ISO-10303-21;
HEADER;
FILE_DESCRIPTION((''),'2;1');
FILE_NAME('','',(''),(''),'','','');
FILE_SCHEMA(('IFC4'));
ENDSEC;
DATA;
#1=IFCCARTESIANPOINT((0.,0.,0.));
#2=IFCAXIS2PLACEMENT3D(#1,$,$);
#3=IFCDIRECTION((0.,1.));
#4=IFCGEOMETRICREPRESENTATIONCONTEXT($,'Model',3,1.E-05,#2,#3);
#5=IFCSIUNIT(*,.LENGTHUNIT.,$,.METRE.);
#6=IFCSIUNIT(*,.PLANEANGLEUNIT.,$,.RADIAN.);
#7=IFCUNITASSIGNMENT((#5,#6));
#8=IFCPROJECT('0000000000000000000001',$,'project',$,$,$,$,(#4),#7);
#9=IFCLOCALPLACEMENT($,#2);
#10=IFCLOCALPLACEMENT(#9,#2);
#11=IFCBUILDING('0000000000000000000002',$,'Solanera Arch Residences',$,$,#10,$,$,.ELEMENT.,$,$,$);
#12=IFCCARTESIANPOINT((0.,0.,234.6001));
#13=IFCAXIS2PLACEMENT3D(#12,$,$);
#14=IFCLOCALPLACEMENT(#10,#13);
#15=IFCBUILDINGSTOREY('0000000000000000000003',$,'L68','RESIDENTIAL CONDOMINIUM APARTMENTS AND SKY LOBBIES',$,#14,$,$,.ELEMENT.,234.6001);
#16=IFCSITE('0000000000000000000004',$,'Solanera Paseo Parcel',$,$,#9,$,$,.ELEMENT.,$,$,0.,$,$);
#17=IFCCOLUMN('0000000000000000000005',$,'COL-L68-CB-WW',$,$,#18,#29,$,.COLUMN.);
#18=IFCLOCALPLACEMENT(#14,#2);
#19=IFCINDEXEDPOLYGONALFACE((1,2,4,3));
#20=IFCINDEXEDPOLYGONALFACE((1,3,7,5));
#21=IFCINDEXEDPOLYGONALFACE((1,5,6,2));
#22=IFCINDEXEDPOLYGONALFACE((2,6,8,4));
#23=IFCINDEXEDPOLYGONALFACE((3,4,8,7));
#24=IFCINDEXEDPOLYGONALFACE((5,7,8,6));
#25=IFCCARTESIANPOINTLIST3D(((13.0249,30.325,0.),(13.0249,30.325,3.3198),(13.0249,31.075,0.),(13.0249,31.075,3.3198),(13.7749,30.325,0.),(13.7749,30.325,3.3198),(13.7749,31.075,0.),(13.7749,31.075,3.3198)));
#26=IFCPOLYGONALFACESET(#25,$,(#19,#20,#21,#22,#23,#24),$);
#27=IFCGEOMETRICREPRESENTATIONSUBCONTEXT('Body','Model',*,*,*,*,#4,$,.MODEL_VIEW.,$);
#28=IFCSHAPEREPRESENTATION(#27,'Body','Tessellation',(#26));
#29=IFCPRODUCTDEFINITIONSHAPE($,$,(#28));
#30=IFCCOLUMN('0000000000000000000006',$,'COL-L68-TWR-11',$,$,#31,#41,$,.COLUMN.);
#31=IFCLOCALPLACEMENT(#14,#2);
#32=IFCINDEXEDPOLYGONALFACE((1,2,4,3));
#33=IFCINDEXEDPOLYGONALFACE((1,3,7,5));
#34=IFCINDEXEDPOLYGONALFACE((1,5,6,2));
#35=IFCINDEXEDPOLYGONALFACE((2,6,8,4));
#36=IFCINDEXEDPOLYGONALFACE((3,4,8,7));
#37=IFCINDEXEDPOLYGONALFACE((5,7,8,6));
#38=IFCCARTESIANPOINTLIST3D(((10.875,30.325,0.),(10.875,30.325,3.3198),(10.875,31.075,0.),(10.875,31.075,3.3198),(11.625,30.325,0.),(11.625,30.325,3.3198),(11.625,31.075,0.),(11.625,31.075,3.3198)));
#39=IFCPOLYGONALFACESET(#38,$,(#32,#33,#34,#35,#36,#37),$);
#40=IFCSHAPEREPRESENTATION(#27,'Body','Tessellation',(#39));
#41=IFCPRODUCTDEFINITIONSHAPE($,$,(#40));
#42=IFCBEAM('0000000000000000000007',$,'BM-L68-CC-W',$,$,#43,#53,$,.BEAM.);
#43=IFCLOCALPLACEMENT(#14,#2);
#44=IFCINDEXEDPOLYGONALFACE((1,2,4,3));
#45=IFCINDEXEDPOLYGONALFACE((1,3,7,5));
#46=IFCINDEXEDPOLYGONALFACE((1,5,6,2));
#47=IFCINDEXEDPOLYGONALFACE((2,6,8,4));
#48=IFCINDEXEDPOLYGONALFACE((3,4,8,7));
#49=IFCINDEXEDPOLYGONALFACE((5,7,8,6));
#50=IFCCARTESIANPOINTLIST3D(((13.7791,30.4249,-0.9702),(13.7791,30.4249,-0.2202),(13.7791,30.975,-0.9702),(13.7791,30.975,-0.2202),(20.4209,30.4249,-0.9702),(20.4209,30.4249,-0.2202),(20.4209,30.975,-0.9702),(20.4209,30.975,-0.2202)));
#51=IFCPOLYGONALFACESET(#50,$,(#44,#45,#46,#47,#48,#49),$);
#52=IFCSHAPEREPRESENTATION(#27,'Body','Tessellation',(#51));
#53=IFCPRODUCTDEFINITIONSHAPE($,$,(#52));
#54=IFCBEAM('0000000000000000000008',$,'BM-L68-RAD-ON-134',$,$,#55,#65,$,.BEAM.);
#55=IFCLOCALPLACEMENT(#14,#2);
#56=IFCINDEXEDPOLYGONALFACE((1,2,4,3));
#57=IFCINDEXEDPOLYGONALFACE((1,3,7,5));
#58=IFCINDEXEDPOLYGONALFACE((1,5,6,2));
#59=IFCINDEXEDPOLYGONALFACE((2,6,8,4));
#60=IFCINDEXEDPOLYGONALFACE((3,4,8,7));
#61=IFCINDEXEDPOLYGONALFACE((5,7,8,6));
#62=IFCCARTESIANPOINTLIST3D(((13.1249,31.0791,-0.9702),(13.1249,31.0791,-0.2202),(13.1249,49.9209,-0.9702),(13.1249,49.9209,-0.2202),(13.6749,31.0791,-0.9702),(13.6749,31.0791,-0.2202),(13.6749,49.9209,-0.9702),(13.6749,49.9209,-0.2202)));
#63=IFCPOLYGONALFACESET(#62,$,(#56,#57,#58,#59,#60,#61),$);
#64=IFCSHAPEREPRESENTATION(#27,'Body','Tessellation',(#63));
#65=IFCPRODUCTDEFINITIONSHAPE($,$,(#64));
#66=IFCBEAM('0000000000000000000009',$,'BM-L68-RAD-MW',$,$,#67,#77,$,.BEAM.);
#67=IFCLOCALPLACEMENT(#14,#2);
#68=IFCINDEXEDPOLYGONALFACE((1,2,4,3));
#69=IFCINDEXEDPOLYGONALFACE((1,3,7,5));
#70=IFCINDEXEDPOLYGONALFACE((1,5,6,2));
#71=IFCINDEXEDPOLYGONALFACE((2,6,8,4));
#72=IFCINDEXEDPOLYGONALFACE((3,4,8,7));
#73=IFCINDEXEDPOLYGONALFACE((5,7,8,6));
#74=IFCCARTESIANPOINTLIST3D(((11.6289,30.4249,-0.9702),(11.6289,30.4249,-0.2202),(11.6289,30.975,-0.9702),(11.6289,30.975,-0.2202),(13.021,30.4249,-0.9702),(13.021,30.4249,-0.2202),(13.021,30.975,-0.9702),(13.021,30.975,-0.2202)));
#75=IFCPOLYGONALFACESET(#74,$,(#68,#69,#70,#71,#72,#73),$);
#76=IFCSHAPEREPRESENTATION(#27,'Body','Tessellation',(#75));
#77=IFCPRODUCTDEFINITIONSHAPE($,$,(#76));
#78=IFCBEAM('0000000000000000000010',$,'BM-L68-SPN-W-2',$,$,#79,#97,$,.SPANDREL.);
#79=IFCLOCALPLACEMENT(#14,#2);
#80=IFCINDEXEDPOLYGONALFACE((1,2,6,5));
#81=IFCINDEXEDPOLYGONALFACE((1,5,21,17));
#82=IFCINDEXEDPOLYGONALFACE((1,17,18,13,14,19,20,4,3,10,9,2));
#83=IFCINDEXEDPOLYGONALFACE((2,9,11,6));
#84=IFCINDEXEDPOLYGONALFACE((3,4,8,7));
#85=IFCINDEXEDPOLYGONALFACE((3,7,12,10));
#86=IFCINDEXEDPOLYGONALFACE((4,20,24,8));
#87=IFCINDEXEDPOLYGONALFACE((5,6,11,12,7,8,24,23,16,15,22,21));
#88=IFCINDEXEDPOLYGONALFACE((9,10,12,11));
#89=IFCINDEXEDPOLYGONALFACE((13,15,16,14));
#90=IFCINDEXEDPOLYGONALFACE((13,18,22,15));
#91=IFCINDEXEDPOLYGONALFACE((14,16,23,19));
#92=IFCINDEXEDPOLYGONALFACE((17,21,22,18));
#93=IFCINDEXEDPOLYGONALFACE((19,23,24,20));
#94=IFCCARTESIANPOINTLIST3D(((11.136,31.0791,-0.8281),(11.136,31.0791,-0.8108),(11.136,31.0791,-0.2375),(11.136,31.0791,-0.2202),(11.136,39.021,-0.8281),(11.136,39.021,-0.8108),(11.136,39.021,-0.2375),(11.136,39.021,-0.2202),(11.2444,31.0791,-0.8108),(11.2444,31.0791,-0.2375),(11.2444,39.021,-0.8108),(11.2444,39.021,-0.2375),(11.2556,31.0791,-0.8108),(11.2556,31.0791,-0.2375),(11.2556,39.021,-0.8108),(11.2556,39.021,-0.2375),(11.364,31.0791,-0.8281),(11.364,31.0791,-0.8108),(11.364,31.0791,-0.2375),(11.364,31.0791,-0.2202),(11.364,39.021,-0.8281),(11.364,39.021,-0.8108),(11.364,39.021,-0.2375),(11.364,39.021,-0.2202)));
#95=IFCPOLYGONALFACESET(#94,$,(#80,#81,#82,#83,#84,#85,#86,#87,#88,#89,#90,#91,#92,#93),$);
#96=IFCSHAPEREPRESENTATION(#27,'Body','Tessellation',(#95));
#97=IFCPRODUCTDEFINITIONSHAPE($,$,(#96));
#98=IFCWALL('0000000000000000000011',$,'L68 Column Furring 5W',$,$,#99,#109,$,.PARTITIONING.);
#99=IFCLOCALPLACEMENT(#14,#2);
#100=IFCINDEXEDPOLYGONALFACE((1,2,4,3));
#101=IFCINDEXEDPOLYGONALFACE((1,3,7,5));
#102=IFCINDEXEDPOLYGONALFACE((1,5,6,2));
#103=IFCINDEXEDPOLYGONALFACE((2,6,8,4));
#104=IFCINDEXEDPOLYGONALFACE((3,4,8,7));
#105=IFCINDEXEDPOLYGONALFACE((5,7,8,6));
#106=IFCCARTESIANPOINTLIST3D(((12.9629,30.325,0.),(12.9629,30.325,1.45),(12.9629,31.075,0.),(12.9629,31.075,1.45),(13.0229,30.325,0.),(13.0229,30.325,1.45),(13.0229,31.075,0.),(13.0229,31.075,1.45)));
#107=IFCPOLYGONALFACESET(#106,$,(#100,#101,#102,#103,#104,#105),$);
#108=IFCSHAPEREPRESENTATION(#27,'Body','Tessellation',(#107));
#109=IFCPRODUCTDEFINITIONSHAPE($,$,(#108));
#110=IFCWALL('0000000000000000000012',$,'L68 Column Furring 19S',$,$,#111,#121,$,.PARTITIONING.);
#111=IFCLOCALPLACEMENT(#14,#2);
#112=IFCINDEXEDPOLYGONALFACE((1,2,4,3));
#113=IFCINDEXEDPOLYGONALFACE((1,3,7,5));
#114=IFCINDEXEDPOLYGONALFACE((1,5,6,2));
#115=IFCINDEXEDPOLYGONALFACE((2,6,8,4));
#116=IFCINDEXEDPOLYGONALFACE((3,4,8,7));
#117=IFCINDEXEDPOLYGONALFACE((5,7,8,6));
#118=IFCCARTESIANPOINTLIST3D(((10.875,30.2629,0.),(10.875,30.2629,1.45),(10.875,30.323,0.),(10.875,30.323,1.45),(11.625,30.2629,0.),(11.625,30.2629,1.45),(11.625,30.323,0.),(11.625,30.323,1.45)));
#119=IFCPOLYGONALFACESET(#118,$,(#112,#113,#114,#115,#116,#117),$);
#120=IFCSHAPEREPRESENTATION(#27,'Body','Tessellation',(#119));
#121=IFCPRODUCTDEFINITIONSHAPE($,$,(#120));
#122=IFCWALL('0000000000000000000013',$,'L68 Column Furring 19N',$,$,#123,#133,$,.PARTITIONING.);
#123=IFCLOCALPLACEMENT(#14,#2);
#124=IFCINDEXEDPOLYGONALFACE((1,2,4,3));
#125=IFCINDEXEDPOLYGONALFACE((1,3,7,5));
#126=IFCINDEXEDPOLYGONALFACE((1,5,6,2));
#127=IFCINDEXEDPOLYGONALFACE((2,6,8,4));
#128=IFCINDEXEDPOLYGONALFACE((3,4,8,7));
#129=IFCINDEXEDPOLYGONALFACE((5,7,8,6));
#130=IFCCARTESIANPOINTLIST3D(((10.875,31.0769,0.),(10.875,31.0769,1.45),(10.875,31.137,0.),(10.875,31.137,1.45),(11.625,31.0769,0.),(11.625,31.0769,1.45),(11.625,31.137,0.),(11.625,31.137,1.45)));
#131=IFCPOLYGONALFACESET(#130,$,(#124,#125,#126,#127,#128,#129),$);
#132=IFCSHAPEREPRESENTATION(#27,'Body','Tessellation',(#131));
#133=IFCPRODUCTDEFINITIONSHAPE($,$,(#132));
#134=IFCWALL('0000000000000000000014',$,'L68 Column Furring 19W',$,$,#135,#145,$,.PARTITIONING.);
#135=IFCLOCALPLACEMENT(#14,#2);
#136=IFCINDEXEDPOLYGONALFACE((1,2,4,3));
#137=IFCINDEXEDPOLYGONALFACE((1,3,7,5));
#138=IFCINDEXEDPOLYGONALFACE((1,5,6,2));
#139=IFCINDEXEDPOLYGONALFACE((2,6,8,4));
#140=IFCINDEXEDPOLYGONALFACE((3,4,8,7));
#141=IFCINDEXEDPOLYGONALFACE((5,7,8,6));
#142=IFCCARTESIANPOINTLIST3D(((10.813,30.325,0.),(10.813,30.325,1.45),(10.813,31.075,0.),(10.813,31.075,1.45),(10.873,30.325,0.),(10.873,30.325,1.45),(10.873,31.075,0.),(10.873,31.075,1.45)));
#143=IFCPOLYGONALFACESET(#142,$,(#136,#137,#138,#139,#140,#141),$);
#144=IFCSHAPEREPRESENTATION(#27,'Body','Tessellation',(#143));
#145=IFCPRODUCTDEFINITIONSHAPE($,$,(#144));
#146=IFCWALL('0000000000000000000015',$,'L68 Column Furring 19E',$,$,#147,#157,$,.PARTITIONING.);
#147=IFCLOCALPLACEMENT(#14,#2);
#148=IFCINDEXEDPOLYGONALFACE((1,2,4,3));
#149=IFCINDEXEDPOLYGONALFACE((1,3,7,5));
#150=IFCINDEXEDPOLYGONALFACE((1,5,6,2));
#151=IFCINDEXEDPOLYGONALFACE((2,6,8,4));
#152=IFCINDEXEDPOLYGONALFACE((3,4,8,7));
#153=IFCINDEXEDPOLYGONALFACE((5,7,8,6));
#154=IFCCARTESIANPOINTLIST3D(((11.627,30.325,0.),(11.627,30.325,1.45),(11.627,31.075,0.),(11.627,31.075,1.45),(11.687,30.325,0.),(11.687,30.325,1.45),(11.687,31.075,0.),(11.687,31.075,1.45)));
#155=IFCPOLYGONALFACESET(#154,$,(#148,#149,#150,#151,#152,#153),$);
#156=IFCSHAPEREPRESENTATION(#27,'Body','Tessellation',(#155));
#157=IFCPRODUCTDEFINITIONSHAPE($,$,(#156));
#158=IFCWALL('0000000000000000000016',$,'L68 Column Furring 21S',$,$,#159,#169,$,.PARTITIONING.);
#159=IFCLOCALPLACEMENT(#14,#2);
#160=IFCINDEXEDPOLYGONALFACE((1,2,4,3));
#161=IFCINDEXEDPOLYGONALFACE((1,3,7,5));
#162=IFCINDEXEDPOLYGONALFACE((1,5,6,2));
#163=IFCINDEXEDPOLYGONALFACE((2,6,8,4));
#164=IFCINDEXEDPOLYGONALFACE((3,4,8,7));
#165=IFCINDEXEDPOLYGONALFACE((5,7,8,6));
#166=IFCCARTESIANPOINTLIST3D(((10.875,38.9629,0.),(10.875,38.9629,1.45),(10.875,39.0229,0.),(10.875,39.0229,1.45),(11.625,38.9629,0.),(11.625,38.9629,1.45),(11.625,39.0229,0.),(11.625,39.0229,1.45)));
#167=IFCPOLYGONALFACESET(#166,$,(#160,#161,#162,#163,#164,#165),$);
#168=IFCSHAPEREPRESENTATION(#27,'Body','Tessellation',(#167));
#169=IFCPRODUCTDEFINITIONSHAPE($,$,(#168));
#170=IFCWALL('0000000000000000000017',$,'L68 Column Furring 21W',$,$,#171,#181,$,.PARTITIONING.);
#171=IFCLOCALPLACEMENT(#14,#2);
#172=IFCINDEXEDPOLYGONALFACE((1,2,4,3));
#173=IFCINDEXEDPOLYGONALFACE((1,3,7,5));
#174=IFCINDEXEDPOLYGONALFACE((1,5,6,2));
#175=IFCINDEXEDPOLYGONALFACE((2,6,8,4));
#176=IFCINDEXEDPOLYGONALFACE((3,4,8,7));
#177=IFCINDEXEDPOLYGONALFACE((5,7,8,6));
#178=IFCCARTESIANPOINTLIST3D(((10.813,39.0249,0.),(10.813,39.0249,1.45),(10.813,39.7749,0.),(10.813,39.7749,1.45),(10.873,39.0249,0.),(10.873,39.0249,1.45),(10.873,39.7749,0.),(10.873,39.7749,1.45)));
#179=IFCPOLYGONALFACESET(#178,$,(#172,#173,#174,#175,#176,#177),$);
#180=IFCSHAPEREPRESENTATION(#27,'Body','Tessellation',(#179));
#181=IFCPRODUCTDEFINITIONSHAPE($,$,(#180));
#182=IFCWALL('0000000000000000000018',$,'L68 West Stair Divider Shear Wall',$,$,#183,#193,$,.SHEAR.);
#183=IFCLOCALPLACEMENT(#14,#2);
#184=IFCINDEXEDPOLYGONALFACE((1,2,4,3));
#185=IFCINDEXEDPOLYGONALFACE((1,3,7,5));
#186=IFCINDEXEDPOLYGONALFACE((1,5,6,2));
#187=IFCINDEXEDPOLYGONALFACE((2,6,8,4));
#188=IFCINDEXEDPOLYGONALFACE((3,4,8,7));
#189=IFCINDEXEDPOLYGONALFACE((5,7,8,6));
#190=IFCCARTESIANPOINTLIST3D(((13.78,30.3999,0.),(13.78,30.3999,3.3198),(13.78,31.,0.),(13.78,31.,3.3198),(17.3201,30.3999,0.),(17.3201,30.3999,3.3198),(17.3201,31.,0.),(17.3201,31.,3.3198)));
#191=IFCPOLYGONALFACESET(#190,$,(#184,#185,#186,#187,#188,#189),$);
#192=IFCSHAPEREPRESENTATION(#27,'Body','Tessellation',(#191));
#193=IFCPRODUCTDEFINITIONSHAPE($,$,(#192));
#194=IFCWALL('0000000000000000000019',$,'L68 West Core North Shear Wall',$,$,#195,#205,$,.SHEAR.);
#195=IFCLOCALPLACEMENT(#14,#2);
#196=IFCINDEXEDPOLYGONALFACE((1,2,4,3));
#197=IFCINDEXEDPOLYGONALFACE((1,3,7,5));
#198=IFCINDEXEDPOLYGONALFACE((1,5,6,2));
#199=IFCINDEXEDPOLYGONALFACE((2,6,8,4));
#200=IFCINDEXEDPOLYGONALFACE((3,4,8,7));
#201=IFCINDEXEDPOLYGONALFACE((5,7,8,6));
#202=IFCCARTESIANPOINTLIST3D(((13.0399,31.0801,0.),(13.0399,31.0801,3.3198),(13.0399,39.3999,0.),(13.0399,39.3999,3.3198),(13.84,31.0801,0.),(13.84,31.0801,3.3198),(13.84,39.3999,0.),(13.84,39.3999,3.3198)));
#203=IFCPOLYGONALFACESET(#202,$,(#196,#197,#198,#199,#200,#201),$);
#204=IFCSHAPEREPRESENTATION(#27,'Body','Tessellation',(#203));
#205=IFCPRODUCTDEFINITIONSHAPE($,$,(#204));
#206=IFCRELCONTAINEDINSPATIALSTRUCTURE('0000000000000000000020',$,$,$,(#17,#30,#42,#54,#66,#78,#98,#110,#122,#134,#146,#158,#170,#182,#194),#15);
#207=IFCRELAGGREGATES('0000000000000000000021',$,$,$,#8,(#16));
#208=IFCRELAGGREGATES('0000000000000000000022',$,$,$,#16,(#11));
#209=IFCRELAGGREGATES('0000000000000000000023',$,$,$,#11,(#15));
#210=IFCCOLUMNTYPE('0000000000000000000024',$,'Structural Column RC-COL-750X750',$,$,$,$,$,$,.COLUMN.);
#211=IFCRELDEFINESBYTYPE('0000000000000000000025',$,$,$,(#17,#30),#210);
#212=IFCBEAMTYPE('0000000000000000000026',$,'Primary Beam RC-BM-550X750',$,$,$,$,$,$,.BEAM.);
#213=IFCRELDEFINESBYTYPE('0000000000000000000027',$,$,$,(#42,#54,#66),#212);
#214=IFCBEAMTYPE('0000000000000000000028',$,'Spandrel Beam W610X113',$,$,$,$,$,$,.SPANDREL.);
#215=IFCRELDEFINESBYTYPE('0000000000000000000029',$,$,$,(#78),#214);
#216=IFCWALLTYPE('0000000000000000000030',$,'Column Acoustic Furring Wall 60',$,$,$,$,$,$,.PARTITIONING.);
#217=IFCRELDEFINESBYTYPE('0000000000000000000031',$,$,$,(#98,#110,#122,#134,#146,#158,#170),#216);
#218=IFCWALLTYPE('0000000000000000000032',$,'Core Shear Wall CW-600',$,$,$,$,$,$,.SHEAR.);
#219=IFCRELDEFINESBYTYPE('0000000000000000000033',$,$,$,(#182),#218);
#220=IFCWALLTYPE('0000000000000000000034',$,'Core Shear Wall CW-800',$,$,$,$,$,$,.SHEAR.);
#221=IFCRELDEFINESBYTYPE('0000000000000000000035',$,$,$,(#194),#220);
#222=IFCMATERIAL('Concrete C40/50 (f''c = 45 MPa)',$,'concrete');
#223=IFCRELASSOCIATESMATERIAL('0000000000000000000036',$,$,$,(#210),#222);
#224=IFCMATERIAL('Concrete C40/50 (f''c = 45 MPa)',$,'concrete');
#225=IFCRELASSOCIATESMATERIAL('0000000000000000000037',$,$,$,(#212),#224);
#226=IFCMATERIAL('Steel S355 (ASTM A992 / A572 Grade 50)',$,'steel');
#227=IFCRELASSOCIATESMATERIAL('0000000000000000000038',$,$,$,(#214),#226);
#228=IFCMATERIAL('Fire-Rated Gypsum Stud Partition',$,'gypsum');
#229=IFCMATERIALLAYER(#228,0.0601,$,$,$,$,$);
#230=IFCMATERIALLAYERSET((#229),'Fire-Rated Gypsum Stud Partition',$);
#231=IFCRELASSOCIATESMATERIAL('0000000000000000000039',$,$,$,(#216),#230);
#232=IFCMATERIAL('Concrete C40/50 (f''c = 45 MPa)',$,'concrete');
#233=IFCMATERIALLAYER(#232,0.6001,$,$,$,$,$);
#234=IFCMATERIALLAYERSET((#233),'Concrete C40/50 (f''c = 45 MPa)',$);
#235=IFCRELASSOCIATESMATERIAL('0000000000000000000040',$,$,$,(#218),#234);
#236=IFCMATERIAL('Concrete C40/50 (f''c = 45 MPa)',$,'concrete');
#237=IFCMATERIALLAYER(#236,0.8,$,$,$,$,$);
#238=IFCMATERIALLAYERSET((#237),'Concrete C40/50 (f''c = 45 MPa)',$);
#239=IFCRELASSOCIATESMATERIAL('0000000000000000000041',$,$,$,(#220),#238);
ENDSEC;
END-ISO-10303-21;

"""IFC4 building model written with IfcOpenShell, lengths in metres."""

from ifc_helpers import new_model, si_unit, direction, frame, frame_2d, origin, origin_2d, place, context, subcontext, project, spatial, rectangle, i_section, extrude, material, layer, layer_set, material_profile, profile_set, type_object, element, save


model = new_model("IFC4")

# Units and contexts
model_context = context("Model", 3, precision=1e-05, world=origin(), true_north=direction((0.0, 1.0)))
body_context = subcontext(model_context, "Body", "Model", "MODEL_VIEW")
ifc_project = project(units=[si_unit("LENGTHUNIT", "METRE"), si_unit("PLANEANGLEUNIT", "RADIAN")], contexts=[model_context])

# Site, building, storey
site_placement = place(None, origin())
site = spatial("IfcSite", under=ifc_project, at=site_placement, Name="Solanera Paseo Parcel", CompositionType="ELEMENT", RefElevation=0.0)
building_placement = place(site_placement, origin())
building = spatial("IfcBuilding", under=site, at=building_placement, Name="Solanera Arch Residences", CompositionType="ELEMENT")
storey_placement = place(building_placement, frame((0.0, 0.0, 234.6001)))
storey = spatial("IfcBuildingStorey", under=building, at=storey_placement, Name="L68", Description="RESIDENTIAL CONDOMINIUM APARTMENTS AND SKY LOBBIES", CompositionType="ELEMENT", Elevation=234.6001)

# Columns
ifc_material_1 = material(Name="Concrete C40/50 (f'c = 45 MPa)", Category="concrete")
ifc_material_profile_1 = material_profile(ifc_material_1, rectangle(XDim=0.75, YDim=0.75, at=origin_2d()))
ifc_profile_set_1 = profile_set([ifc_material_profile_1], Name="Concrete C40/50 (f'c = 45 MPa)")
column_type = type_object("IfcColumnType", Name="Structural Column RC-COL-750X750", PredefinedType="COLUMN", material=ifc_profile_set_1)
for number, where, z_axis, x_axis, name in (
    (1, (13.3999, 30.7, 0.0), (0.0, 0.0, 1.0), (1.0, 0.0, 0.0), "COL-L68-CB-WW"),
    (2, (11.25, 30.7, 0.0), (0.0, 0.0, 1.0), (1.0, 0.0, 0.0), "COL-L68-TWR-11"),
):
    element("IfcColumn", number, at=place(storey_placement, frame(where, z_axis=z_axis, x_axis=x_axis)), inside=storey, type_object=column_type, Name=name, PredefinedType="COLUMN", context=body_context, shape_type="SweptSolid", body=[
        extrude(rectangle(XDim=0.75, YDim=0.75, at=origin_2d()), origin(), (0.0, 0.0, 1.0), 3.3198),
    ])

# Beams
ifc_material_2 = material(Name="Concrete C40/50 (f'c = 45 MPa)", Category="concrete")
ifc_material_profile_2 = material_profile(ifc_material_2, rectangle(XDim=0.55, YDim=0.75, at=origin_2d()))
ifc_profile_set_2 = profile_set([ifc_material_profile_2], Name="Concrete C40/50 (f'c = 45 MPa)")
beam_type_1 = type_object("IfcBeamType", Name="Primary Beam RC-BM-550X750", PredefinedType="BEAM", material=ifc_profile_set_2)
beam_1_placement = place(storey_placement, frame((13.7791, 30.7, -0.5952), z_axis=(1.0, 0.0, 0.0), x_axis=(0.0, 1.0, 0.0)))
element("IfcBeam", 3, at=beam_1_placement, inside=storey, type_object=beam_type_1, Name="BM-L68-CC-W", PredefinedType="BEAM", context=body_context, shape_type="SweptSolid", body=[
    extrude(rectangle(XDim=0.55, YDim=0.75, at=origin_2d()), origin(), (0.0, 0.0, 1.0), 6.6418),
])
beam_2_placement = place(storey_placement, frame((13.3999, 31.0791, -0.5952), z_axis=(0.0, 1.0, 0.0), x_axis=(-1.0, 0.0, 0.0)))
element("IfcBeam", 4, at=beam_2_placement, inside=storey, type_object=beam_type_1, Name="BM-L68-RAD-ON-134", PredefinedType="BEAM", context=body_context, shape_type="SweptSolid", body=[
    extrude(rectangle(XDim=0.55, YDim=0.75, at=origin_2d()), origin(), (0.0, 0.0, 1.0), 18.8418),
])
beam_3_placement = place(storey_placement, frame((11.6289, 30.7, -0.5952), z_axis=(1.0, 0.0, 0.0), x_axis=(0.0, 1.0, 0.0)))
element("IfcBeam", 5, at=beam_3_placement, inside=storey, type_object=beam_type_1, Name="BM-L68-RAD-MW", PredefinedType="BEAM", context=body_context, shape_type="SweptSolid", body=[
    extrude(rectangle(XDim=0.55, YDim=0.75, at=origin_2d()), origin(), (0.0, 0.0, 1.0), 1.3921),
])
ifc_material_3 = material(Name="Steel S355 (ASTM A992 / A572 Grade 50)", Category="steel")
ifc_material_profile_3 = material_profile(ifc_material_3, i_section(OverallWidth=0.228, OverallDepth=0.6079, WebThickness=0.0112, FlangeThickness=0.0173, at=origin_2d()))
ifc_profile_set_3 = profile_set([ifc_material_profile_3], Name="Steel S355 (ASTM A992 / A572 Grade 50)")
beam_type_2 = type_object("IfcBeamType", Name="Spandrel Beam W610X113", PredefinedType="SPANDREL", material=ifc_profile_set_3)
beam_4_placement = place(storey_placement, frame((11.25, 31.0791, -0.5242), z_axis=(0.0, 1.0, 0.0), x_axis=(-1.0, 0.0, 0.0)))
element("IfcBeam", 6, at=beam_4_placement, inside=storey, type_object=beam_type_2, Name="BM-L68-SPN-W-2", PredefinedType="SPANDREL", context=body_context, shape_type="SweptSolid", body=[
    extrude(i_section(OverallWidth=0.228, OverallDepth=0.6079, WebThickness=0.0112, FlangeThickness=0.0173, at=origin_2d()), origin(), (0.0, 0.0, 1.0), 7.9419),
])

# Walls
ifc_material_4 = material(Name="Fire-Rated Gypsum Stud Partition", Category="gypsum")
ifc_layer_1 = layer(ifc_material_4, 0.0601)
ifc_layer_set_1 = layer_set([ifc_layer_1], Name="Fire-Rated Gypsum Stud Partition")
wall_type_1 = type_object("IfcWallType", Name="Column Acoustic Furring Wall 60", PredefinedType="PARTITIONING", material=ifc_layer_set_1)
for number, where, z_axis, x_axis, name in (
    (7, (12.9929, 30.325, 0.0), (0.0, 0.0, 1.0), (0.0, 1.0, 0.0), "L68 Column Furring 5W"),
    (8, (10.875, 30.293, 0.0), (0.0, 0.0, 1.0), (1.0, 0.0, 0.0), "L68 Column Furring 19S"),
    (9, (10.875, 31.1069, 0.0), (0.0, 0.0, 1.0), (1.0, 0.0, 0.0), "L68 Column Furring 19N"),
    (10, (10.843, 30.325, 0.0), (0.0, 0.0, 1.0), (0.0, 1.0, 0.0), "L68 Column Furring 19W"),
    (11, (11.657, 30.325, 0.0), (0.0, 0.0, 1.0), (0.0, 1.0, 0.0), "L68 Column Furring 19E"),
    (12, (10.875, 38.9929, 0.0), (0.0, 0.0, 1.0), (1.0, 0.0, 0.0), "L68 Column Furring 21S"),
    (13, (10.843, 39.0249, 0.0), (0.0, 0.0, 1.0), (0.0, 1.0, 0.0), "L68 Column Furring 21W"),
):
    element("IfcWall", number, at=place(storey_placement, frame(where, z_axis=z_axis, x_axis=x_axis)), inside=storey, type_object=wall_type_1, Name=name, PredefinedType="PARTITIONING", context=body_context, shape_type="SweptSolid", body=[
        extrude(rectangle(XDim=0.75, YDim=0.0601, at=frame_2d((0.375, 0.0))), origin(), (0.0, 0.0, 1.0), 1.45),
    ])
ifc_material_5 = material(Name="Concrete C40/50 (f'c = 45 MPa)", Category="concrete")
ifc_layer_2 = layer(ifc_material_5, 0.6001)
ifc_layer_set_2 = layer_set([ifc_layer_2], Name="Concrete C40/50 (f'c = 45 MPa)")
wall_type_2 = type_object("IfcWallType", Name="Core Shear Wall CW-600", PredefinedType="SHEAR", material=ifc_layer_set_2)
wall_1_placement = place(storey_placement, frame((13.78, 30.7, 0.0), z_axis=(0.0, 0.0, 1.0), x_axis=(1.0, 0.0, 0.0)))
element("IfcWall", 14, at=wall_1_placement, inside=storey, type_object=wall_type_2, Name="L68 West Stair Divider Shear Wall", PredefinedType="SHEAR", context=body_context, shape_type="SweptSolid", body=[
    extrude(rectangle(XDim=3.54, YDim=0.6001, at=frame_2d((1.77, 0.0))), origin(), (0.0, 0.0, 1.0), 3.3198),
])
ifc_material_6 = material(Name="Concrete C40/50 (f'c = 45 MPa)", Category="concrete")
ifc_layer_3 = layer(ifc_material_6, 0.8)
ifc_layer_set_3 = layer_set([ifc_layer_3], Name="Concrete C40/50 (f'c = 45 MPa)")
wall_type_3 = type_object("IfcWallType", Name="Core Shear Wall CW-800", PredefinedType="SHEAR", material=ifc_layer_set_3)
wall_2_placement = place(storey_placement, frame((13.4399, 31.0801, 0.0), z_axis=(0.0, 0.0, 1.0), x_axis=(0.0, 1.0, 0.0)))
element("IfcWall", 15, at=wall_2_placement, inside=storey, type_object=wall_type_3, Name="L68 West Core North Shear Wall", PredefinedType="SHEAR", context=body_context, shape_type="SweptSolid", body=[
    extrude(rectangle(XDim=8.3198, YDim=0.8, at=frame_2d((4.1599, 0.0))), origin(), (0.0, 0.0, 1.0), 3.3198),
])

save(model, "model.ifc")
